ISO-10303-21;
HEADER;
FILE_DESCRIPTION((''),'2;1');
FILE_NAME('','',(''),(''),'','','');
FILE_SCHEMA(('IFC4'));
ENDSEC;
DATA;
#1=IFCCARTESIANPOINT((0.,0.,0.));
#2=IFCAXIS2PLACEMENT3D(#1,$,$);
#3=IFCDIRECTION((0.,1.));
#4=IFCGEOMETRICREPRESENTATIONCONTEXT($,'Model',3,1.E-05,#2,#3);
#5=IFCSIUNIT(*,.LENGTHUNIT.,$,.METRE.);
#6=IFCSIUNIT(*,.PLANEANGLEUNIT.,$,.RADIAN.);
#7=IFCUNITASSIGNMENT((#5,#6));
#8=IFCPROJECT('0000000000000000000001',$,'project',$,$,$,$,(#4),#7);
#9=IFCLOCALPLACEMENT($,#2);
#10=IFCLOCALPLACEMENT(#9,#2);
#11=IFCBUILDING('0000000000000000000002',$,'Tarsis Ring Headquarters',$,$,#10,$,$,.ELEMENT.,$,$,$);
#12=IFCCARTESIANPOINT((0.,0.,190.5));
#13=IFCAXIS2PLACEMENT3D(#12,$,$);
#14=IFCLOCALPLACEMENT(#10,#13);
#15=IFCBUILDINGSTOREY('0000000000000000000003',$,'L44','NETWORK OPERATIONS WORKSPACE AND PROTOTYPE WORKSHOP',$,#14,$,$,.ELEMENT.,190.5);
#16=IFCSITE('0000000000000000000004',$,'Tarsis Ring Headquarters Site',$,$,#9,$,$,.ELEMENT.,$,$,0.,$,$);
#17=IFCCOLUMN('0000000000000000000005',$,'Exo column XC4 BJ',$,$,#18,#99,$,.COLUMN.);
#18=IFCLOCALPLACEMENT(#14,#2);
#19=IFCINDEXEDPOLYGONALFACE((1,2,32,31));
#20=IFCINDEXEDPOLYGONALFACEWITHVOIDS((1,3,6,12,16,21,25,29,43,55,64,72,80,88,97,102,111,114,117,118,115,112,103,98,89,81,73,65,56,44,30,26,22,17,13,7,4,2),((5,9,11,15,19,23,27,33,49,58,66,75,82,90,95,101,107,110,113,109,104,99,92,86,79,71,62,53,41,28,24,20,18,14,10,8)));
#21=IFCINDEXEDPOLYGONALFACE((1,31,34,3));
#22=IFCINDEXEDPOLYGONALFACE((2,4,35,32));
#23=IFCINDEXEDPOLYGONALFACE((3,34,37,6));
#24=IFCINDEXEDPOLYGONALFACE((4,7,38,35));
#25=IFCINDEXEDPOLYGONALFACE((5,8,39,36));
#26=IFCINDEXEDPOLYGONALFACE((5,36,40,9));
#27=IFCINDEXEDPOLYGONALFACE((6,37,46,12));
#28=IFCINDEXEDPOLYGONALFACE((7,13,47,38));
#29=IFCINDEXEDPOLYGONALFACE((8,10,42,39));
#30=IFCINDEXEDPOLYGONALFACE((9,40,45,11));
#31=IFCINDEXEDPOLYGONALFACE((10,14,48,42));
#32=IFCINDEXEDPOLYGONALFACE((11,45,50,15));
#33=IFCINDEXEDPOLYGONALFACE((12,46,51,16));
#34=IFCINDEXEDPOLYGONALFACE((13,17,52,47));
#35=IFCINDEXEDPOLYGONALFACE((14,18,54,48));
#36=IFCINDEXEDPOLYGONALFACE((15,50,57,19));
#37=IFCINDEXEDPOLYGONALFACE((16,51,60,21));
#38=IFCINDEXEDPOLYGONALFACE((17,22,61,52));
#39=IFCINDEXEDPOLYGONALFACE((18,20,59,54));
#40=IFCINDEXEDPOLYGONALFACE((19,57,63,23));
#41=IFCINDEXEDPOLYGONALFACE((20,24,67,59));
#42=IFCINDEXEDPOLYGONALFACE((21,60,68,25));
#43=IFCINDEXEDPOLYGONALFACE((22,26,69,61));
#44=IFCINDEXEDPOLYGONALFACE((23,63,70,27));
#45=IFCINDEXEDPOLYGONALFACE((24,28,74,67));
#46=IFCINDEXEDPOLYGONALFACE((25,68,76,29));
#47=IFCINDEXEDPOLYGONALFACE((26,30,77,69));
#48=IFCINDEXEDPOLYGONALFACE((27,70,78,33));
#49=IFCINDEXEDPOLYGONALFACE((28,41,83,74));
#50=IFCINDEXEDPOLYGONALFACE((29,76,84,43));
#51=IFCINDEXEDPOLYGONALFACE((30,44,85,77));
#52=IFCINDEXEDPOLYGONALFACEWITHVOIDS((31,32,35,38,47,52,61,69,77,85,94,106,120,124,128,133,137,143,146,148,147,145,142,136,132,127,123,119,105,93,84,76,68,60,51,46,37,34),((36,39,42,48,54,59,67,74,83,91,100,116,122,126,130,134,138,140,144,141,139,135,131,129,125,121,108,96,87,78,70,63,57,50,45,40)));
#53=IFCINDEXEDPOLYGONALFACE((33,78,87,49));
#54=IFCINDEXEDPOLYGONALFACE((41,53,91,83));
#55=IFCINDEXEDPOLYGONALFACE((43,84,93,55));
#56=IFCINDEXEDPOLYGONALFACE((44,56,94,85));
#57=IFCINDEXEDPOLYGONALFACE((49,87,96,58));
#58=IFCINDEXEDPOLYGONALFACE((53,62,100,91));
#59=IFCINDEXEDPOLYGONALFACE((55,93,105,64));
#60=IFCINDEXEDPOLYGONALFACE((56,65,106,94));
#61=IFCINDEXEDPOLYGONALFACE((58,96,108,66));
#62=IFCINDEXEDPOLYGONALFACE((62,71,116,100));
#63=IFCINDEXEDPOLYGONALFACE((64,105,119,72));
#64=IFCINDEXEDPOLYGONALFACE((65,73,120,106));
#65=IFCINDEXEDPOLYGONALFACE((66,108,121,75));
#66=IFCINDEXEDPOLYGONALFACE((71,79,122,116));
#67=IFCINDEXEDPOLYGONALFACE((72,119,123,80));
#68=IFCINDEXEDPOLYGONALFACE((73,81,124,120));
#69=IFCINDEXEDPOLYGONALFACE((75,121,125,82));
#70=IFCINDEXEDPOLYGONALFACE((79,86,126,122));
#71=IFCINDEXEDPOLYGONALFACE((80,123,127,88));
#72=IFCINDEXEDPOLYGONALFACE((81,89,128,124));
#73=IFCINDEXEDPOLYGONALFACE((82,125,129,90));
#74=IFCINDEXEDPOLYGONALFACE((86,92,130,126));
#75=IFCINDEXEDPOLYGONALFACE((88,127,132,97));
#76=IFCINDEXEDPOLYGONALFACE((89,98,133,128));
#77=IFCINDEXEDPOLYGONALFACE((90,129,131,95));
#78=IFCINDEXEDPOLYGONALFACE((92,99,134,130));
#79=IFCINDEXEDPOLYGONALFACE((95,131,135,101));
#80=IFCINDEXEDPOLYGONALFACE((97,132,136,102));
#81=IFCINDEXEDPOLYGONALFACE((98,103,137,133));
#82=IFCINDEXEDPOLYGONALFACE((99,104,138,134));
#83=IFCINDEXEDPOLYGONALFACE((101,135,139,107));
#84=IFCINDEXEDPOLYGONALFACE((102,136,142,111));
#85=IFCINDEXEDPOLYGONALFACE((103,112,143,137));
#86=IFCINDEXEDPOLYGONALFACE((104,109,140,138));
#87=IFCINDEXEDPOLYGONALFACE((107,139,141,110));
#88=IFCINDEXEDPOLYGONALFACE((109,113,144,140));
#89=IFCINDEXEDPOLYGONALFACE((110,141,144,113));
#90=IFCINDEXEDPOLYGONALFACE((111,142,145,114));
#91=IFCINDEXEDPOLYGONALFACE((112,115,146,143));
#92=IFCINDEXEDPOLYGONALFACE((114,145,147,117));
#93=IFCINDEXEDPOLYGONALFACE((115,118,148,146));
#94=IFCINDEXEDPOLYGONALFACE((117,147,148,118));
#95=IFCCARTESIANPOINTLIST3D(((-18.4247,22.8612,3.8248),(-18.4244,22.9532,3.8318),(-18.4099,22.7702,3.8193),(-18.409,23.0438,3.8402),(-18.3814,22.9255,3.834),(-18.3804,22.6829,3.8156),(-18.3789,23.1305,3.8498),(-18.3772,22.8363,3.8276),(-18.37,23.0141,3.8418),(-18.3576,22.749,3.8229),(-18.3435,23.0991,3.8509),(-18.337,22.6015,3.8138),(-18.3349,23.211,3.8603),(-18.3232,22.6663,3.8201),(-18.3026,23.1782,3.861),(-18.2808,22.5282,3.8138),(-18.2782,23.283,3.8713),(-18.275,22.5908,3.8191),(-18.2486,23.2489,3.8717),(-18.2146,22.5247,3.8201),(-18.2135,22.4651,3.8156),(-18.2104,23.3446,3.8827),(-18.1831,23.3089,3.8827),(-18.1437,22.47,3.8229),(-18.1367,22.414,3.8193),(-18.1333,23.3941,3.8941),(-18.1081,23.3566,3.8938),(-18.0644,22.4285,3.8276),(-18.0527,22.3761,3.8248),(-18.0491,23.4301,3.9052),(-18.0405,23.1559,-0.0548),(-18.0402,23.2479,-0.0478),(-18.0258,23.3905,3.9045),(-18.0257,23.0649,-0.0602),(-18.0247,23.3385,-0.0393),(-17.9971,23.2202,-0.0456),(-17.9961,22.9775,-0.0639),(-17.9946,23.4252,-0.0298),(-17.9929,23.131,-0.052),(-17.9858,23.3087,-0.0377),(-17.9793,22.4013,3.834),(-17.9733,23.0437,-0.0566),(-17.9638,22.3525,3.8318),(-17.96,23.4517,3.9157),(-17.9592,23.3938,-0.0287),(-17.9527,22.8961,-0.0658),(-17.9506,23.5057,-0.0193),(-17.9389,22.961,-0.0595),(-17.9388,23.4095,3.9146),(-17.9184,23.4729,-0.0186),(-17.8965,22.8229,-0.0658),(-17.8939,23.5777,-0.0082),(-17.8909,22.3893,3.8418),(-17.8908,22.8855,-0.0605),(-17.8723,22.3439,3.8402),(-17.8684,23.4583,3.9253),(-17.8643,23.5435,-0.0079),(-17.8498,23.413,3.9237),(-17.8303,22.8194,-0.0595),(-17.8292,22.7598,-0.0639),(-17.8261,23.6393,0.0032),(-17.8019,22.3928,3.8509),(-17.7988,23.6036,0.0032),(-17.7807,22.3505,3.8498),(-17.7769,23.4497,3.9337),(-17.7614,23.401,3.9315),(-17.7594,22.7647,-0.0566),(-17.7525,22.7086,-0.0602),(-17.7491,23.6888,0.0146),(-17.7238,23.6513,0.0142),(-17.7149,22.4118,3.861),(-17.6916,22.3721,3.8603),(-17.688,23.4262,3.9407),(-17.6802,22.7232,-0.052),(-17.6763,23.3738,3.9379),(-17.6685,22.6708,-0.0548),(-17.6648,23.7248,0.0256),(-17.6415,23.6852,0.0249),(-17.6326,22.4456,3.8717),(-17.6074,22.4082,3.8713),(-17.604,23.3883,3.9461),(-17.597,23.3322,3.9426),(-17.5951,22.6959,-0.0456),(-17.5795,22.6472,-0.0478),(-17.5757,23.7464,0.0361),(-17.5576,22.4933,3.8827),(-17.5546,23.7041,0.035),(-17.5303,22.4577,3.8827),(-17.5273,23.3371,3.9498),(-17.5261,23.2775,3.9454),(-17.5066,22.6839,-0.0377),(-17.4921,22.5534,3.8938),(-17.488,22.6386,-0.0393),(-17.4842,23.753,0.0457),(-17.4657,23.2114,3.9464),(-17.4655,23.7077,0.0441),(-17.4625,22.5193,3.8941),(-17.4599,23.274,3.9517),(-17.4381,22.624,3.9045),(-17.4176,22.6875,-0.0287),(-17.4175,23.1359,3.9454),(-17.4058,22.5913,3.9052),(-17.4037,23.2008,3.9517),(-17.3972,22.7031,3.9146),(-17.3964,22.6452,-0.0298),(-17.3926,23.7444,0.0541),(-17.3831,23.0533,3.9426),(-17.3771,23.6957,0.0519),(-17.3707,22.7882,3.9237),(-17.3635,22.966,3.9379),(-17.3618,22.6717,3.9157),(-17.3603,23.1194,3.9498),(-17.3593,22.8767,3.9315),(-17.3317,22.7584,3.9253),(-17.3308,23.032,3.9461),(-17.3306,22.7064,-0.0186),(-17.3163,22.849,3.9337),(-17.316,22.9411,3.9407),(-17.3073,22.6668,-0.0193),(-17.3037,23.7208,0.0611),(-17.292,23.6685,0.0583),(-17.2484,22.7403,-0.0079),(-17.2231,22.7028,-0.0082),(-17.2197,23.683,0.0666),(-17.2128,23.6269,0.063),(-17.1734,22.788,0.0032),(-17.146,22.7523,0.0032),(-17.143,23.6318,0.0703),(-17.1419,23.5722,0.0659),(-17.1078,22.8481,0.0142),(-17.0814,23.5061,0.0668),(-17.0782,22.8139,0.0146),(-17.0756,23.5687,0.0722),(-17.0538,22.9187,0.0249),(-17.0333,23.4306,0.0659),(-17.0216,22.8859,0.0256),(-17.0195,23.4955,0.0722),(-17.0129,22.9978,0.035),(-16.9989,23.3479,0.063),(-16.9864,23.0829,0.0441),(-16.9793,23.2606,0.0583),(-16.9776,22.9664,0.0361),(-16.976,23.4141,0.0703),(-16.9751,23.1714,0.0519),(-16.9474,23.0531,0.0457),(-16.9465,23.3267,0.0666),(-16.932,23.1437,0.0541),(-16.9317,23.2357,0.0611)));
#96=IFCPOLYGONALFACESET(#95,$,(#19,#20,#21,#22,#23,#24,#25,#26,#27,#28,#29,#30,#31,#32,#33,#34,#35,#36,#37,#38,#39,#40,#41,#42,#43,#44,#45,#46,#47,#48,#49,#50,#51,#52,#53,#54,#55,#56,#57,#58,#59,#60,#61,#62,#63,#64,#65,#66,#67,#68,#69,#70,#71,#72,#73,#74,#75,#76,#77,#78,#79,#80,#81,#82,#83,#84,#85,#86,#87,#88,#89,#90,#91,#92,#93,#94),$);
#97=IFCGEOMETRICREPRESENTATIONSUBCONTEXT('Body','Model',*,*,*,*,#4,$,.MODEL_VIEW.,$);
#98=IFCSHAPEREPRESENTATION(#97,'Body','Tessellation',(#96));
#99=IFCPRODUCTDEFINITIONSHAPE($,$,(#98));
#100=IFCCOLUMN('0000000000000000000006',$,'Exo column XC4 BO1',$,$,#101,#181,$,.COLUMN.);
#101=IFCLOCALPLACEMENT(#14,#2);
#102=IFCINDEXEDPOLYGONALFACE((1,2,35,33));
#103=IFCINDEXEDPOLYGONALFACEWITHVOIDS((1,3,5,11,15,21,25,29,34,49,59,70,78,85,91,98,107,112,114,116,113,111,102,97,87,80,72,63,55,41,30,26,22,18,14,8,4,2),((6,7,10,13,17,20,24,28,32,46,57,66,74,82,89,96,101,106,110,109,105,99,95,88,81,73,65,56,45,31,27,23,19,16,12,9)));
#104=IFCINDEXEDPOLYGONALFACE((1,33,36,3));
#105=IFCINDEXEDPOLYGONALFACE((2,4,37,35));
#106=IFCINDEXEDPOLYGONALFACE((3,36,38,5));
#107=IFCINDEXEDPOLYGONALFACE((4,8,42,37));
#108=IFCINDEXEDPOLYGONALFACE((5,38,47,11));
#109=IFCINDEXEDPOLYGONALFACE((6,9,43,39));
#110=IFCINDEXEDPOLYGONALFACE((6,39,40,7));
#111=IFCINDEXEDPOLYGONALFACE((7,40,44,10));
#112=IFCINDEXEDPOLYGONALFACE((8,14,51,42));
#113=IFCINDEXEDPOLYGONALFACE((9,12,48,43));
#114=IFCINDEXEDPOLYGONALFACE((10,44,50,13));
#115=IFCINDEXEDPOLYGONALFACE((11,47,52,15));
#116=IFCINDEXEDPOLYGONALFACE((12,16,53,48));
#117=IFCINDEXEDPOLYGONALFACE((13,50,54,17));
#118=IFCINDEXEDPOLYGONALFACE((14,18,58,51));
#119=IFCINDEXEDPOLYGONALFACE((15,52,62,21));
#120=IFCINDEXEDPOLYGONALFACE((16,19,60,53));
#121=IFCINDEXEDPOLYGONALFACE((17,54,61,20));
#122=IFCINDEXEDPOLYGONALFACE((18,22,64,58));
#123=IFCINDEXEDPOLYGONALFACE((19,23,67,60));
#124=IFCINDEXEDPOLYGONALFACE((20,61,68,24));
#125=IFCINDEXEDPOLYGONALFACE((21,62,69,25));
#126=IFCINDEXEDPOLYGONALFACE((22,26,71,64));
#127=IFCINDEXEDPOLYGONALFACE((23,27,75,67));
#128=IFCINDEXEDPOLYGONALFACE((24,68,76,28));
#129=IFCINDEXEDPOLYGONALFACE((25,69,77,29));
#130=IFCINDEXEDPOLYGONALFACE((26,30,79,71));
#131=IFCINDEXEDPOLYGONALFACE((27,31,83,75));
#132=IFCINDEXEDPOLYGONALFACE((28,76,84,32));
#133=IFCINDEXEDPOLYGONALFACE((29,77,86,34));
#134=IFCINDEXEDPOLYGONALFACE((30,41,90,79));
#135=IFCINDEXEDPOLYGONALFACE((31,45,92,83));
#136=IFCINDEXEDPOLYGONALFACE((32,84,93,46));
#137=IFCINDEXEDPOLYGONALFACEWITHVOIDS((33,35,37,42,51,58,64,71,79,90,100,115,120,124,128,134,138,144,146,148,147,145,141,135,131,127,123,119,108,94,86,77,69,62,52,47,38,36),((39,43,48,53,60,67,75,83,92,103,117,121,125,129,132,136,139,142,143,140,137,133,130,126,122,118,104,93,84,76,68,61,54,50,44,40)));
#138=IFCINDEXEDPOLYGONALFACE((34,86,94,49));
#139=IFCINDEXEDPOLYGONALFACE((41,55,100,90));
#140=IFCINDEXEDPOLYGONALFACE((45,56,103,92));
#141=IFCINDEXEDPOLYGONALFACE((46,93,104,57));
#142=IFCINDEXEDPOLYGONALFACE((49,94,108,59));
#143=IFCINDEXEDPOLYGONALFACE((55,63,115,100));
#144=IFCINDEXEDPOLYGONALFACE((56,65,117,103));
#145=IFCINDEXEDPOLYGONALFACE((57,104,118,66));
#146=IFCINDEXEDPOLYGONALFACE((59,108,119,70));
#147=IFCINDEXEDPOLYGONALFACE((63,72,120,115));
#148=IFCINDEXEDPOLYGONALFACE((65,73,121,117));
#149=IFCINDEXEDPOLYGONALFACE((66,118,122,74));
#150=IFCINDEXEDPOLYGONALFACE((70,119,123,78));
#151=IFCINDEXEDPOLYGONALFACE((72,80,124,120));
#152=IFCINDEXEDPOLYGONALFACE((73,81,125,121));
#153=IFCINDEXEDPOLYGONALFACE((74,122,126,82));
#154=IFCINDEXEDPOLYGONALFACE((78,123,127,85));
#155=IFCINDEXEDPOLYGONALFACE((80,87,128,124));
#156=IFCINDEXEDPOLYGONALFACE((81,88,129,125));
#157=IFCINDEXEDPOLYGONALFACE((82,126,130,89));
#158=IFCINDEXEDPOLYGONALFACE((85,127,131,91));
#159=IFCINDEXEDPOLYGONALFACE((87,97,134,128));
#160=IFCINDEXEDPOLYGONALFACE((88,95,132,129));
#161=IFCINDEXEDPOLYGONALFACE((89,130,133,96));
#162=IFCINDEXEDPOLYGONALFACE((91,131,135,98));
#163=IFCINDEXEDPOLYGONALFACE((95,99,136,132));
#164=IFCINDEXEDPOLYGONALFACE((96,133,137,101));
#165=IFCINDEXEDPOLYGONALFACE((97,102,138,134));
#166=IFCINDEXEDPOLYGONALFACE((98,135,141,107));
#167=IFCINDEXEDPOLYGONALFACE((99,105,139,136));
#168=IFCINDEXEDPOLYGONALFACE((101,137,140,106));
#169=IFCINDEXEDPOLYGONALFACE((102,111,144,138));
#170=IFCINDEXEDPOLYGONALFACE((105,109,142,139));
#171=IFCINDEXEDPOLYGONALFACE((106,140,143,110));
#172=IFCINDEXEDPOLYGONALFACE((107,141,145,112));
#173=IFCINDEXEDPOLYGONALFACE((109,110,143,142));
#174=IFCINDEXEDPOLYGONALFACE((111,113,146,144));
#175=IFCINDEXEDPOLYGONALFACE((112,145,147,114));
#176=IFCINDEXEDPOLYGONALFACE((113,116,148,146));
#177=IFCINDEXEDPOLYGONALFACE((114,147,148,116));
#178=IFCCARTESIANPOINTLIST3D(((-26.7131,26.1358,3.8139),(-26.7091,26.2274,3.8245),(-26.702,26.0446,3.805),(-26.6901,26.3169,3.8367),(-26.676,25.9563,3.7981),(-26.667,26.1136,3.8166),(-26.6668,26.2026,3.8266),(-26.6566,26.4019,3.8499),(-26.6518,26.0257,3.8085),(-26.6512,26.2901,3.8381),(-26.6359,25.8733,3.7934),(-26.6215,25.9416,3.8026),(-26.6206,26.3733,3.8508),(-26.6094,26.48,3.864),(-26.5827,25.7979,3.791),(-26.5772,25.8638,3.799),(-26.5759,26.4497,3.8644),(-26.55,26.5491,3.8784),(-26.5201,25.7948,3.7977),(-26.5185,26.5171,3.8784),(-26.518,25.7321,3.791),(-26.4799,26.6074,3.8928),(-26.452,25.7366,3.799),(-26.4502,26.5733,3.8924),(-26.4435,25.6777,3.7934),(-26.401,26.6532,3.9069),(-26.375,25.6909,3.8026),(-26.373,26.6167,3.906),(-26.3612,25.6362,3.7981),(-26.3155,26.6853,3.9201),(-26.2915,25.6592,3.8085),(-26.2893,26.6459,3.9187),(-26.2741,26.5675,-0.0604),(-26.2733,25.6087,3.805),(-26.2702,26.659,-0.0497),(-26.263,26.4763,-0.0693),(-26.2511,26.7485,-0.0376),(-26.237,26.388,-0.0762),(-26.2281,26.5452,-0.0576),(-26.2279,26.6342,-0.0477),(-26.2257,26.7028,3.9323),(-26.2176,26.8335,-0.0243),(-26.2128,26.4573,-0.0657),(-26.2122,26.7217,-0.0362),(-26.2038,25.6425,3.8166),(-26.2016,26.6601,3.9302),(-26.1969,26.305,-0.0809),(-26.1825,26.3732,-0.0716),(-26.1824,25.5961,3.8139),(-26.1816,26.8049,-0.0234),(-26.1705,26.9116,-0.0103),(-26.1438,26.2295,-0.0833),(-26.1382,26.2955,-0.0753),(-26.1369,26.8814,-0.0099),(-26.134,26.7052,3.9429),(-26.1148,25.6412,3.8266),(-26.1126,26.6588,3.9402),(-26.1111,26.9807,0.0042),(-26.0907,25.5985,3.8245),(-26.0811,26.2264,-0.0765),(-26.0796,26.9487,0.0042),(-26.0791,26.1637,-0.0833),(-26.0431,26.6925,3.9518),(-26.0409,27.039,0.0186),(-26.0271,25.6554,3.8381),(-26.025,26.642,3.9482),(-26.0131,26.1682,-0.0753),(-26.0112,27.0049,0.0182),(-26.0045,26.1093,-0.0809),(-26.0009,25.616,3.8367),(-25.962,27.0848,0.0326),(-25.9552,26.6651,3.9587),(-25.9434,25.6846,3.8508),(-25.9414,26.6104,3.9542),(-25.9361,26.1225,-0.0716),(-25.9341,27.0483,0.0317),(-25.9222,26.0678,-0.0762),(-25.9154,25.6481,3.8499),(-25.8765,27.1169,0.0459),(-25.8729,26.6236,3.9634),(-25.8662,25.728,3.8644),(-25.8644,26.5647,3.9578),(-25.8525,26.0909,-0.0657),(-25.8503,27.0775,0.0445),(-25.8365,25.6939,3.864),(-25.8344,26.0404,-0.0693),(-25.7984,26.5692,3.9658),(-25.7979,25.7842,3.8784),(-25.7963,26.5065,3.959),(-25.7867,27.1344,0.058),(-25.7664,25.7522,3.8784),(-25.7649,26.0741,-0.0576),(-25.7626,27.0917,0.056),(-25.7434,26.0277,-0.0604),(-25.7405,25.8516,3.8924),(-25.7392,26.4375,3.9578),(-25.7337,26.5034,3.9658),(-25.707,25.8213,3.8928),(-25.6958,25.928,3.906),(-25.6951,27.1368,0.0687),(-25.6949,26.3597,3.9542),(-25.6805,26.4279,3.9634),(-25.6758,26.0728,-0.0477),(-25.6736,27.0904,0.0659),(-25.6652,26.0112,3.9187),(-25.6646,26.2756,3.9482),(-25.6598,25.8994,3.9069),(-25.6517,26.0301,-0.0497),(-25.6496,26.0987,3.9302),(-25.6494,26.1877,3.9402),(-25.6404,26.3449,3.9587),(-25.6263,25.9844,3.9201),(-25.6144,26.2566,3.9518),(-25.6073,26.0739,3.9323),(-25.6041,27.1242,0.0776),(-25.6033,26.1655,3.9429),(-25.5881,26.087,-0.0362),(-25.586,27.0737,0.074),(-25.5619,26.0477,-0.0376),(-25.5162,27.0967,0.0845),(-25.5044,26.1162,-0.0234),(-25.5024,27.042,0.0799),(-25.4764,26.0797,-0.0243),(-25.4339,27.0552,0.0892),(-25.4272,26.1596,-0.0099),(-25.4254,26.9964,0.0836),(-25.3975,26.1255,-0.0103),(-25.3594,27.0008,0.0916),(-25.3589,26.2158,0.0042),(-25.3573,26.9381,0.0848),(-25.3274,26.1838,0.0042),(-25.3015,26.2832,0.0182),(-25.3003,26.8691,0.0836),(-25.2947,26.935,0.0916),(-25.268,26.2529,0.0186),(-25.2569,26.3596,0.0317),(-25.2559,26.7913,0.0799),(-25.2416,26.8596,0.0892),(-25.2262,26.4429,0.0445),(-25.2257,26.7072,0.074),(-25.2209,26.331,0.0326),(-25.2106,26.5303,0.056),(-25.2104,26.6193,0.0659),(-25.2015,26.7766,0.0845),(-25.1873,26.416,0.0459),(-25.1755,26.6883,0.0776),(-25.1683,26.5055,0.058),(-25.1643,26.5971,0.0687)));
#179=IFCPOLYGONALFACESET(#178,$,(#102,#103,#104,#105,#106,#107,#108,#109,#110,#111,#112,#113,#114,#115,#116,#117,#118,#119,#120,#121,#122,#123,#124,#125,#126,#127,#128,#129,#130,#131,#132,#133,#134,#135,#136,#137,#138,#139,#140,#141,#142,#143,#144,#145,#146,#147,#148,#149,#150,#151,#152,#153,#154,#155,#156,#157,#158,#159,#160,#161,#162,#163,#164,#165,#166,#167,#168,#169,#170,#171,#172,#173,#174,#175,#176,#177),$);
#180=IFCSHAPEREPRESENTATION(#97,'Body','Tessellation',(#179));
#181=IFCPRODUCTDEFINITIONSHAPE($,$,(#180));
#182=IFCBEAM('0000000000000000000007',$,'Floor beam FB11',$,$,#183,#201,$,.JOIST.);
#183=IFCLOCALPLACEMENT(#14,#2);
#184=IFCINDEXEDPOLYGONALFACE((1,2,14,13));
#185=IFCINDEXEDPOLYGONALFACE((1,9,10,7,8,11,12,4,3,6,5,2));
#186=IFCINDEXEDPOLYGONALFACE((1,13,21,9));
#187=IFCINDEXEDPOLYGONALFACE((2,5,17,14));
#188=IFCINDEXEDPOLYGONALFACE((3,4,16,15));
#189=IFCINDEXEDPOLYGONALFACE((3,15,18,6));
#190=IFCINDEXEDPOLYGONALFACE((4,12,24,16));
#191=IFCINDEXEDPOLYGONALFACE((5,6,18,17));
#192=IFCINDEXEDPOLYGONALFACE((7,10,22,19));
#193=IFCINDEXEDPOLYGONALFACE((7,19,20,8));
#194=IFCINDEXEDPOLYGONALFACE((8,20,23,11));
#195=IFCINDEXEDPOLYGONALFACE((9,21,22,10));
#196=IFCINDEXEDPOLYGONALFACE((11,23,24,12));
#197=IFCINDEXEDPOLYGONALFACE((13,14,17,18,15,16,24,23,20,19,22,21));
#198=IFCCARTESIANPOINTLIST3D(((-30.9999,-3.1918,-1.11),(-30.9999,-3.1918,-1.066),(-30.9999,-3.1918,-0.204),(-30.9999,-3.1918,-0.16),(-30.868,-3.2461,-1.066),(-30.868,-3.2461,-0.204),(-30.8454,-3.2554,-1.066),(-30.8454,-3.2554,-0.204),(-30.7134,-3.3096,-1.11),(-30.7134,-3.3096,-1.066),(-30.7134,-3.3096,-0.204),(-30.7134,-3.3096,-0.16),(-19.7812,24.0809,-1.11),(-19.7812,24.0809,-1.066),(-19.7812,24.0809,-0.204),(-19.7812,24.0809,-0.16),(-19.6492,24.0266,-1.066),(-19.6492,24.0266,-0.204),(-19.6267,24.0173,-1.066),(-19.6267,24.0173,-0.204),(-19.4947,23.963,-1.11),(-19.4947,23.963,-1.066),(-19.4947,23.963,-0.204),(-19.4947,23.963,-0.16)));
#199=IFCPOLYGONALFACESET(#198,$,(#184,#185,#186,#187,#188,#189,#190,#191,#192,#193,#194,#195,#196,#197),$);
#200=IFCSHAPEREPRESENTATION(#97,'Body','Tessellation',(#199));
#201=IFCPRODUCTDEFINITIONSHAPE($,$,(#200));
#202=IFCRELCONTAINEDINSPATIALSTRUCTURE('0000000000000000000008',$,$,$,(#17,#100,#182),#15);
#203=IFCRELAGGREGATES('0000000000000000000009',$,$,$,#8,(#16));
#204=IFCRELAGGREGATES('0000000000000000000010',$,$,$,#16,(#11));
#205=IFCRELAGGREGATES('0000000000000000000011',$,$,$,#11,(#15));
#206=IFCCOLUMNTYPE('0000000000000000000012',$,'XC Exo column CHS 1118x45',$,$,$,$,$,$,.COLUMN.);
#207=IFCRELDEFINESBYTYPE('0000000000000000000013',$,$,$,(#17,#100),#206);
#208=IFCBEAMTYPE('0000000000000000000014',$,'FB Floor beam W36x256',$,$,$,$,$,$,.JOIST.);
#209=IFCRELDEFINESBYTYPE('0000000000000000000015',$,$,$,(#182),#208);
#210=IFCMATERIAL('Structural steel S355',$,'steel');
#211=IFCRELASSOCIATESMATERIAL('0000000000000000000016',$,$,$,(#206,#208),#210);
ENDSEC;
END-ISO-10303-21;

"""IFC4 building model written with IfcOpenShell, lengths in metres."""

from ifc_helpers import new_model, si_unit, direction, frame, origin, origin_2d, place, context, subcontext, project, spatial, hollow_circle, i_section, extrude, material, material_profile, profile_set, type_object, element, save


model = new_model("IFC4")

# Units and contexts
model_context = context("Model", 3, precision=1e-05, world=origin(), true_north=direction((0.0, 1.0)))
body_context = subcontext(model_context, "Body", "Model", "MODEL_VIEW")
ifc_project = project(units=[si_unit("LENGTHUNIT", "METRE"), si_unit("PLANEANGLEUNIT", "RADIAN")], contexts=[model_context])

# Site, building, storey
site_placement = place(None, origin())
site = spatial("IfcSite", under=ifc_project, at=site_placement, Name="Tarsis Ring Headquarters Site", CompositionType="ELEMENT", RefElevation=0.0)
building_placement = place(site_placement, origin())
building = spatial("IfcBuilding", under=site, at=building_placement, Name="Tarsis Ring Headquarters", CompositionType="ELEMENT")
storey_placement = place(building_placement, frame((0.0, 0.0, 190.5)))
storey = spatial("IfcBuildingStorey", under=building, at=storey_placement, Name="L44", Description="NETWORK OPERATIONS WORKSPACE AND PROTOTYPE WORKSHOP", CompositionType="ELEMENT", Elevation=190.5)

# Columns
ifc_material_1 = material(Name="Structural steel S355", Category="steel")
ifc_material_profile_1 = material_profile(ifc_material_1, hollow_circle(Radius=0.5588, WallThickness=0.0449, at=origin_2d()), Name="CHS 1118x45")
ifc_profile_set_1 = profile_set([ifc_material_profile_1], Name="Structural steel S355")
column_type = type_object("IfcColumnType", Name="XC Exo column CHS 1118x45", PredefinedType="COLUMN", material=ifc_profile_set_1)
column_1_placement = place(storey_placement, frame((-17.4861, 23.1958, 0.0032), z_axis=(-0.098287, -0.07537, 0.9923), x_axis=(0.608516, -0.793541, 0.0)))
element("IfcColumn", 1, at=column_1_placement, inside=storey, type_object=column_type, Name="Exo column XC4 BJ", PredefinedType="COLUMN", context=body_context, shape_type="SweptSolid", body=[
    extrude(hollow_circle(Radius=0.5588, WallThickness=0.0449, at=origin_2d()), origin(), (0.0, 0.0, 1.0), 3.9097),
])
column_2_placement = place(storey_placement, frame((-25.7192, 26.5823, 0.0042), z_axis=(-0.111899, -0.110032, 0.987609), x_axis=(0.701133, -0.71303, 0.0)))
element("IfcColumn", 2, at=column_2_placement, inside=storey, type_object=column_type, Name="Exo column XC4 BO1", PredefinedType="COLUMN", context=body_context, shape_type="SweptSolid", body=[
    extrude(hollow_circle(Radius=0.5588, WallThickness=0.0449, at=origin_2d()), origin(), (0.0, 0.0, 1.0), 3.9229),
])

# Beam
ifc_material_profile_2 = material_profile(ifc_material_1, i_section(OverallWidth=0.3098, OverallDepth=0.95, WebThickness=0.0244, FlangeThickness=0.0439, at=origin_2d()), Name="W36x256")
ifc_profile_set_2 = profile_set([ifc_material_profile_2], Name="Structural steel S355")
beam_type_1 = type_object("IfcBeamType", Name="FB Floor beam W36x256", PredefinedType="JOIST", material=ifc_profile_set_2)
for number, where, z_axis, x_axis, name in (
    (3, (-19.6379, 24.022, -0.635), (-0.380425, -0.924812, 0.0), (0.924812, -0.380425, 0.0), "Floor beam FB11"),
):
    element("IfcBeam", number, at=place(storey_placement, frame(where, z_axis=z_axis, x_axis=x_axis)), inside=storey, type_object=beam_type_1, Name=name, PredefinedType="JOIST", context=body_context, shape_type="SweptSolid", body=[
        extrude(i_section(OverallWidth=0.3098, OverallDepth=0.95, WebThickness=0.0244, FlangeThickness=0.0439, at=origin_2d()), origin(), (0.0, 0.0, 1.0), 29.49),
    ])

save(model, "model.ifc")
